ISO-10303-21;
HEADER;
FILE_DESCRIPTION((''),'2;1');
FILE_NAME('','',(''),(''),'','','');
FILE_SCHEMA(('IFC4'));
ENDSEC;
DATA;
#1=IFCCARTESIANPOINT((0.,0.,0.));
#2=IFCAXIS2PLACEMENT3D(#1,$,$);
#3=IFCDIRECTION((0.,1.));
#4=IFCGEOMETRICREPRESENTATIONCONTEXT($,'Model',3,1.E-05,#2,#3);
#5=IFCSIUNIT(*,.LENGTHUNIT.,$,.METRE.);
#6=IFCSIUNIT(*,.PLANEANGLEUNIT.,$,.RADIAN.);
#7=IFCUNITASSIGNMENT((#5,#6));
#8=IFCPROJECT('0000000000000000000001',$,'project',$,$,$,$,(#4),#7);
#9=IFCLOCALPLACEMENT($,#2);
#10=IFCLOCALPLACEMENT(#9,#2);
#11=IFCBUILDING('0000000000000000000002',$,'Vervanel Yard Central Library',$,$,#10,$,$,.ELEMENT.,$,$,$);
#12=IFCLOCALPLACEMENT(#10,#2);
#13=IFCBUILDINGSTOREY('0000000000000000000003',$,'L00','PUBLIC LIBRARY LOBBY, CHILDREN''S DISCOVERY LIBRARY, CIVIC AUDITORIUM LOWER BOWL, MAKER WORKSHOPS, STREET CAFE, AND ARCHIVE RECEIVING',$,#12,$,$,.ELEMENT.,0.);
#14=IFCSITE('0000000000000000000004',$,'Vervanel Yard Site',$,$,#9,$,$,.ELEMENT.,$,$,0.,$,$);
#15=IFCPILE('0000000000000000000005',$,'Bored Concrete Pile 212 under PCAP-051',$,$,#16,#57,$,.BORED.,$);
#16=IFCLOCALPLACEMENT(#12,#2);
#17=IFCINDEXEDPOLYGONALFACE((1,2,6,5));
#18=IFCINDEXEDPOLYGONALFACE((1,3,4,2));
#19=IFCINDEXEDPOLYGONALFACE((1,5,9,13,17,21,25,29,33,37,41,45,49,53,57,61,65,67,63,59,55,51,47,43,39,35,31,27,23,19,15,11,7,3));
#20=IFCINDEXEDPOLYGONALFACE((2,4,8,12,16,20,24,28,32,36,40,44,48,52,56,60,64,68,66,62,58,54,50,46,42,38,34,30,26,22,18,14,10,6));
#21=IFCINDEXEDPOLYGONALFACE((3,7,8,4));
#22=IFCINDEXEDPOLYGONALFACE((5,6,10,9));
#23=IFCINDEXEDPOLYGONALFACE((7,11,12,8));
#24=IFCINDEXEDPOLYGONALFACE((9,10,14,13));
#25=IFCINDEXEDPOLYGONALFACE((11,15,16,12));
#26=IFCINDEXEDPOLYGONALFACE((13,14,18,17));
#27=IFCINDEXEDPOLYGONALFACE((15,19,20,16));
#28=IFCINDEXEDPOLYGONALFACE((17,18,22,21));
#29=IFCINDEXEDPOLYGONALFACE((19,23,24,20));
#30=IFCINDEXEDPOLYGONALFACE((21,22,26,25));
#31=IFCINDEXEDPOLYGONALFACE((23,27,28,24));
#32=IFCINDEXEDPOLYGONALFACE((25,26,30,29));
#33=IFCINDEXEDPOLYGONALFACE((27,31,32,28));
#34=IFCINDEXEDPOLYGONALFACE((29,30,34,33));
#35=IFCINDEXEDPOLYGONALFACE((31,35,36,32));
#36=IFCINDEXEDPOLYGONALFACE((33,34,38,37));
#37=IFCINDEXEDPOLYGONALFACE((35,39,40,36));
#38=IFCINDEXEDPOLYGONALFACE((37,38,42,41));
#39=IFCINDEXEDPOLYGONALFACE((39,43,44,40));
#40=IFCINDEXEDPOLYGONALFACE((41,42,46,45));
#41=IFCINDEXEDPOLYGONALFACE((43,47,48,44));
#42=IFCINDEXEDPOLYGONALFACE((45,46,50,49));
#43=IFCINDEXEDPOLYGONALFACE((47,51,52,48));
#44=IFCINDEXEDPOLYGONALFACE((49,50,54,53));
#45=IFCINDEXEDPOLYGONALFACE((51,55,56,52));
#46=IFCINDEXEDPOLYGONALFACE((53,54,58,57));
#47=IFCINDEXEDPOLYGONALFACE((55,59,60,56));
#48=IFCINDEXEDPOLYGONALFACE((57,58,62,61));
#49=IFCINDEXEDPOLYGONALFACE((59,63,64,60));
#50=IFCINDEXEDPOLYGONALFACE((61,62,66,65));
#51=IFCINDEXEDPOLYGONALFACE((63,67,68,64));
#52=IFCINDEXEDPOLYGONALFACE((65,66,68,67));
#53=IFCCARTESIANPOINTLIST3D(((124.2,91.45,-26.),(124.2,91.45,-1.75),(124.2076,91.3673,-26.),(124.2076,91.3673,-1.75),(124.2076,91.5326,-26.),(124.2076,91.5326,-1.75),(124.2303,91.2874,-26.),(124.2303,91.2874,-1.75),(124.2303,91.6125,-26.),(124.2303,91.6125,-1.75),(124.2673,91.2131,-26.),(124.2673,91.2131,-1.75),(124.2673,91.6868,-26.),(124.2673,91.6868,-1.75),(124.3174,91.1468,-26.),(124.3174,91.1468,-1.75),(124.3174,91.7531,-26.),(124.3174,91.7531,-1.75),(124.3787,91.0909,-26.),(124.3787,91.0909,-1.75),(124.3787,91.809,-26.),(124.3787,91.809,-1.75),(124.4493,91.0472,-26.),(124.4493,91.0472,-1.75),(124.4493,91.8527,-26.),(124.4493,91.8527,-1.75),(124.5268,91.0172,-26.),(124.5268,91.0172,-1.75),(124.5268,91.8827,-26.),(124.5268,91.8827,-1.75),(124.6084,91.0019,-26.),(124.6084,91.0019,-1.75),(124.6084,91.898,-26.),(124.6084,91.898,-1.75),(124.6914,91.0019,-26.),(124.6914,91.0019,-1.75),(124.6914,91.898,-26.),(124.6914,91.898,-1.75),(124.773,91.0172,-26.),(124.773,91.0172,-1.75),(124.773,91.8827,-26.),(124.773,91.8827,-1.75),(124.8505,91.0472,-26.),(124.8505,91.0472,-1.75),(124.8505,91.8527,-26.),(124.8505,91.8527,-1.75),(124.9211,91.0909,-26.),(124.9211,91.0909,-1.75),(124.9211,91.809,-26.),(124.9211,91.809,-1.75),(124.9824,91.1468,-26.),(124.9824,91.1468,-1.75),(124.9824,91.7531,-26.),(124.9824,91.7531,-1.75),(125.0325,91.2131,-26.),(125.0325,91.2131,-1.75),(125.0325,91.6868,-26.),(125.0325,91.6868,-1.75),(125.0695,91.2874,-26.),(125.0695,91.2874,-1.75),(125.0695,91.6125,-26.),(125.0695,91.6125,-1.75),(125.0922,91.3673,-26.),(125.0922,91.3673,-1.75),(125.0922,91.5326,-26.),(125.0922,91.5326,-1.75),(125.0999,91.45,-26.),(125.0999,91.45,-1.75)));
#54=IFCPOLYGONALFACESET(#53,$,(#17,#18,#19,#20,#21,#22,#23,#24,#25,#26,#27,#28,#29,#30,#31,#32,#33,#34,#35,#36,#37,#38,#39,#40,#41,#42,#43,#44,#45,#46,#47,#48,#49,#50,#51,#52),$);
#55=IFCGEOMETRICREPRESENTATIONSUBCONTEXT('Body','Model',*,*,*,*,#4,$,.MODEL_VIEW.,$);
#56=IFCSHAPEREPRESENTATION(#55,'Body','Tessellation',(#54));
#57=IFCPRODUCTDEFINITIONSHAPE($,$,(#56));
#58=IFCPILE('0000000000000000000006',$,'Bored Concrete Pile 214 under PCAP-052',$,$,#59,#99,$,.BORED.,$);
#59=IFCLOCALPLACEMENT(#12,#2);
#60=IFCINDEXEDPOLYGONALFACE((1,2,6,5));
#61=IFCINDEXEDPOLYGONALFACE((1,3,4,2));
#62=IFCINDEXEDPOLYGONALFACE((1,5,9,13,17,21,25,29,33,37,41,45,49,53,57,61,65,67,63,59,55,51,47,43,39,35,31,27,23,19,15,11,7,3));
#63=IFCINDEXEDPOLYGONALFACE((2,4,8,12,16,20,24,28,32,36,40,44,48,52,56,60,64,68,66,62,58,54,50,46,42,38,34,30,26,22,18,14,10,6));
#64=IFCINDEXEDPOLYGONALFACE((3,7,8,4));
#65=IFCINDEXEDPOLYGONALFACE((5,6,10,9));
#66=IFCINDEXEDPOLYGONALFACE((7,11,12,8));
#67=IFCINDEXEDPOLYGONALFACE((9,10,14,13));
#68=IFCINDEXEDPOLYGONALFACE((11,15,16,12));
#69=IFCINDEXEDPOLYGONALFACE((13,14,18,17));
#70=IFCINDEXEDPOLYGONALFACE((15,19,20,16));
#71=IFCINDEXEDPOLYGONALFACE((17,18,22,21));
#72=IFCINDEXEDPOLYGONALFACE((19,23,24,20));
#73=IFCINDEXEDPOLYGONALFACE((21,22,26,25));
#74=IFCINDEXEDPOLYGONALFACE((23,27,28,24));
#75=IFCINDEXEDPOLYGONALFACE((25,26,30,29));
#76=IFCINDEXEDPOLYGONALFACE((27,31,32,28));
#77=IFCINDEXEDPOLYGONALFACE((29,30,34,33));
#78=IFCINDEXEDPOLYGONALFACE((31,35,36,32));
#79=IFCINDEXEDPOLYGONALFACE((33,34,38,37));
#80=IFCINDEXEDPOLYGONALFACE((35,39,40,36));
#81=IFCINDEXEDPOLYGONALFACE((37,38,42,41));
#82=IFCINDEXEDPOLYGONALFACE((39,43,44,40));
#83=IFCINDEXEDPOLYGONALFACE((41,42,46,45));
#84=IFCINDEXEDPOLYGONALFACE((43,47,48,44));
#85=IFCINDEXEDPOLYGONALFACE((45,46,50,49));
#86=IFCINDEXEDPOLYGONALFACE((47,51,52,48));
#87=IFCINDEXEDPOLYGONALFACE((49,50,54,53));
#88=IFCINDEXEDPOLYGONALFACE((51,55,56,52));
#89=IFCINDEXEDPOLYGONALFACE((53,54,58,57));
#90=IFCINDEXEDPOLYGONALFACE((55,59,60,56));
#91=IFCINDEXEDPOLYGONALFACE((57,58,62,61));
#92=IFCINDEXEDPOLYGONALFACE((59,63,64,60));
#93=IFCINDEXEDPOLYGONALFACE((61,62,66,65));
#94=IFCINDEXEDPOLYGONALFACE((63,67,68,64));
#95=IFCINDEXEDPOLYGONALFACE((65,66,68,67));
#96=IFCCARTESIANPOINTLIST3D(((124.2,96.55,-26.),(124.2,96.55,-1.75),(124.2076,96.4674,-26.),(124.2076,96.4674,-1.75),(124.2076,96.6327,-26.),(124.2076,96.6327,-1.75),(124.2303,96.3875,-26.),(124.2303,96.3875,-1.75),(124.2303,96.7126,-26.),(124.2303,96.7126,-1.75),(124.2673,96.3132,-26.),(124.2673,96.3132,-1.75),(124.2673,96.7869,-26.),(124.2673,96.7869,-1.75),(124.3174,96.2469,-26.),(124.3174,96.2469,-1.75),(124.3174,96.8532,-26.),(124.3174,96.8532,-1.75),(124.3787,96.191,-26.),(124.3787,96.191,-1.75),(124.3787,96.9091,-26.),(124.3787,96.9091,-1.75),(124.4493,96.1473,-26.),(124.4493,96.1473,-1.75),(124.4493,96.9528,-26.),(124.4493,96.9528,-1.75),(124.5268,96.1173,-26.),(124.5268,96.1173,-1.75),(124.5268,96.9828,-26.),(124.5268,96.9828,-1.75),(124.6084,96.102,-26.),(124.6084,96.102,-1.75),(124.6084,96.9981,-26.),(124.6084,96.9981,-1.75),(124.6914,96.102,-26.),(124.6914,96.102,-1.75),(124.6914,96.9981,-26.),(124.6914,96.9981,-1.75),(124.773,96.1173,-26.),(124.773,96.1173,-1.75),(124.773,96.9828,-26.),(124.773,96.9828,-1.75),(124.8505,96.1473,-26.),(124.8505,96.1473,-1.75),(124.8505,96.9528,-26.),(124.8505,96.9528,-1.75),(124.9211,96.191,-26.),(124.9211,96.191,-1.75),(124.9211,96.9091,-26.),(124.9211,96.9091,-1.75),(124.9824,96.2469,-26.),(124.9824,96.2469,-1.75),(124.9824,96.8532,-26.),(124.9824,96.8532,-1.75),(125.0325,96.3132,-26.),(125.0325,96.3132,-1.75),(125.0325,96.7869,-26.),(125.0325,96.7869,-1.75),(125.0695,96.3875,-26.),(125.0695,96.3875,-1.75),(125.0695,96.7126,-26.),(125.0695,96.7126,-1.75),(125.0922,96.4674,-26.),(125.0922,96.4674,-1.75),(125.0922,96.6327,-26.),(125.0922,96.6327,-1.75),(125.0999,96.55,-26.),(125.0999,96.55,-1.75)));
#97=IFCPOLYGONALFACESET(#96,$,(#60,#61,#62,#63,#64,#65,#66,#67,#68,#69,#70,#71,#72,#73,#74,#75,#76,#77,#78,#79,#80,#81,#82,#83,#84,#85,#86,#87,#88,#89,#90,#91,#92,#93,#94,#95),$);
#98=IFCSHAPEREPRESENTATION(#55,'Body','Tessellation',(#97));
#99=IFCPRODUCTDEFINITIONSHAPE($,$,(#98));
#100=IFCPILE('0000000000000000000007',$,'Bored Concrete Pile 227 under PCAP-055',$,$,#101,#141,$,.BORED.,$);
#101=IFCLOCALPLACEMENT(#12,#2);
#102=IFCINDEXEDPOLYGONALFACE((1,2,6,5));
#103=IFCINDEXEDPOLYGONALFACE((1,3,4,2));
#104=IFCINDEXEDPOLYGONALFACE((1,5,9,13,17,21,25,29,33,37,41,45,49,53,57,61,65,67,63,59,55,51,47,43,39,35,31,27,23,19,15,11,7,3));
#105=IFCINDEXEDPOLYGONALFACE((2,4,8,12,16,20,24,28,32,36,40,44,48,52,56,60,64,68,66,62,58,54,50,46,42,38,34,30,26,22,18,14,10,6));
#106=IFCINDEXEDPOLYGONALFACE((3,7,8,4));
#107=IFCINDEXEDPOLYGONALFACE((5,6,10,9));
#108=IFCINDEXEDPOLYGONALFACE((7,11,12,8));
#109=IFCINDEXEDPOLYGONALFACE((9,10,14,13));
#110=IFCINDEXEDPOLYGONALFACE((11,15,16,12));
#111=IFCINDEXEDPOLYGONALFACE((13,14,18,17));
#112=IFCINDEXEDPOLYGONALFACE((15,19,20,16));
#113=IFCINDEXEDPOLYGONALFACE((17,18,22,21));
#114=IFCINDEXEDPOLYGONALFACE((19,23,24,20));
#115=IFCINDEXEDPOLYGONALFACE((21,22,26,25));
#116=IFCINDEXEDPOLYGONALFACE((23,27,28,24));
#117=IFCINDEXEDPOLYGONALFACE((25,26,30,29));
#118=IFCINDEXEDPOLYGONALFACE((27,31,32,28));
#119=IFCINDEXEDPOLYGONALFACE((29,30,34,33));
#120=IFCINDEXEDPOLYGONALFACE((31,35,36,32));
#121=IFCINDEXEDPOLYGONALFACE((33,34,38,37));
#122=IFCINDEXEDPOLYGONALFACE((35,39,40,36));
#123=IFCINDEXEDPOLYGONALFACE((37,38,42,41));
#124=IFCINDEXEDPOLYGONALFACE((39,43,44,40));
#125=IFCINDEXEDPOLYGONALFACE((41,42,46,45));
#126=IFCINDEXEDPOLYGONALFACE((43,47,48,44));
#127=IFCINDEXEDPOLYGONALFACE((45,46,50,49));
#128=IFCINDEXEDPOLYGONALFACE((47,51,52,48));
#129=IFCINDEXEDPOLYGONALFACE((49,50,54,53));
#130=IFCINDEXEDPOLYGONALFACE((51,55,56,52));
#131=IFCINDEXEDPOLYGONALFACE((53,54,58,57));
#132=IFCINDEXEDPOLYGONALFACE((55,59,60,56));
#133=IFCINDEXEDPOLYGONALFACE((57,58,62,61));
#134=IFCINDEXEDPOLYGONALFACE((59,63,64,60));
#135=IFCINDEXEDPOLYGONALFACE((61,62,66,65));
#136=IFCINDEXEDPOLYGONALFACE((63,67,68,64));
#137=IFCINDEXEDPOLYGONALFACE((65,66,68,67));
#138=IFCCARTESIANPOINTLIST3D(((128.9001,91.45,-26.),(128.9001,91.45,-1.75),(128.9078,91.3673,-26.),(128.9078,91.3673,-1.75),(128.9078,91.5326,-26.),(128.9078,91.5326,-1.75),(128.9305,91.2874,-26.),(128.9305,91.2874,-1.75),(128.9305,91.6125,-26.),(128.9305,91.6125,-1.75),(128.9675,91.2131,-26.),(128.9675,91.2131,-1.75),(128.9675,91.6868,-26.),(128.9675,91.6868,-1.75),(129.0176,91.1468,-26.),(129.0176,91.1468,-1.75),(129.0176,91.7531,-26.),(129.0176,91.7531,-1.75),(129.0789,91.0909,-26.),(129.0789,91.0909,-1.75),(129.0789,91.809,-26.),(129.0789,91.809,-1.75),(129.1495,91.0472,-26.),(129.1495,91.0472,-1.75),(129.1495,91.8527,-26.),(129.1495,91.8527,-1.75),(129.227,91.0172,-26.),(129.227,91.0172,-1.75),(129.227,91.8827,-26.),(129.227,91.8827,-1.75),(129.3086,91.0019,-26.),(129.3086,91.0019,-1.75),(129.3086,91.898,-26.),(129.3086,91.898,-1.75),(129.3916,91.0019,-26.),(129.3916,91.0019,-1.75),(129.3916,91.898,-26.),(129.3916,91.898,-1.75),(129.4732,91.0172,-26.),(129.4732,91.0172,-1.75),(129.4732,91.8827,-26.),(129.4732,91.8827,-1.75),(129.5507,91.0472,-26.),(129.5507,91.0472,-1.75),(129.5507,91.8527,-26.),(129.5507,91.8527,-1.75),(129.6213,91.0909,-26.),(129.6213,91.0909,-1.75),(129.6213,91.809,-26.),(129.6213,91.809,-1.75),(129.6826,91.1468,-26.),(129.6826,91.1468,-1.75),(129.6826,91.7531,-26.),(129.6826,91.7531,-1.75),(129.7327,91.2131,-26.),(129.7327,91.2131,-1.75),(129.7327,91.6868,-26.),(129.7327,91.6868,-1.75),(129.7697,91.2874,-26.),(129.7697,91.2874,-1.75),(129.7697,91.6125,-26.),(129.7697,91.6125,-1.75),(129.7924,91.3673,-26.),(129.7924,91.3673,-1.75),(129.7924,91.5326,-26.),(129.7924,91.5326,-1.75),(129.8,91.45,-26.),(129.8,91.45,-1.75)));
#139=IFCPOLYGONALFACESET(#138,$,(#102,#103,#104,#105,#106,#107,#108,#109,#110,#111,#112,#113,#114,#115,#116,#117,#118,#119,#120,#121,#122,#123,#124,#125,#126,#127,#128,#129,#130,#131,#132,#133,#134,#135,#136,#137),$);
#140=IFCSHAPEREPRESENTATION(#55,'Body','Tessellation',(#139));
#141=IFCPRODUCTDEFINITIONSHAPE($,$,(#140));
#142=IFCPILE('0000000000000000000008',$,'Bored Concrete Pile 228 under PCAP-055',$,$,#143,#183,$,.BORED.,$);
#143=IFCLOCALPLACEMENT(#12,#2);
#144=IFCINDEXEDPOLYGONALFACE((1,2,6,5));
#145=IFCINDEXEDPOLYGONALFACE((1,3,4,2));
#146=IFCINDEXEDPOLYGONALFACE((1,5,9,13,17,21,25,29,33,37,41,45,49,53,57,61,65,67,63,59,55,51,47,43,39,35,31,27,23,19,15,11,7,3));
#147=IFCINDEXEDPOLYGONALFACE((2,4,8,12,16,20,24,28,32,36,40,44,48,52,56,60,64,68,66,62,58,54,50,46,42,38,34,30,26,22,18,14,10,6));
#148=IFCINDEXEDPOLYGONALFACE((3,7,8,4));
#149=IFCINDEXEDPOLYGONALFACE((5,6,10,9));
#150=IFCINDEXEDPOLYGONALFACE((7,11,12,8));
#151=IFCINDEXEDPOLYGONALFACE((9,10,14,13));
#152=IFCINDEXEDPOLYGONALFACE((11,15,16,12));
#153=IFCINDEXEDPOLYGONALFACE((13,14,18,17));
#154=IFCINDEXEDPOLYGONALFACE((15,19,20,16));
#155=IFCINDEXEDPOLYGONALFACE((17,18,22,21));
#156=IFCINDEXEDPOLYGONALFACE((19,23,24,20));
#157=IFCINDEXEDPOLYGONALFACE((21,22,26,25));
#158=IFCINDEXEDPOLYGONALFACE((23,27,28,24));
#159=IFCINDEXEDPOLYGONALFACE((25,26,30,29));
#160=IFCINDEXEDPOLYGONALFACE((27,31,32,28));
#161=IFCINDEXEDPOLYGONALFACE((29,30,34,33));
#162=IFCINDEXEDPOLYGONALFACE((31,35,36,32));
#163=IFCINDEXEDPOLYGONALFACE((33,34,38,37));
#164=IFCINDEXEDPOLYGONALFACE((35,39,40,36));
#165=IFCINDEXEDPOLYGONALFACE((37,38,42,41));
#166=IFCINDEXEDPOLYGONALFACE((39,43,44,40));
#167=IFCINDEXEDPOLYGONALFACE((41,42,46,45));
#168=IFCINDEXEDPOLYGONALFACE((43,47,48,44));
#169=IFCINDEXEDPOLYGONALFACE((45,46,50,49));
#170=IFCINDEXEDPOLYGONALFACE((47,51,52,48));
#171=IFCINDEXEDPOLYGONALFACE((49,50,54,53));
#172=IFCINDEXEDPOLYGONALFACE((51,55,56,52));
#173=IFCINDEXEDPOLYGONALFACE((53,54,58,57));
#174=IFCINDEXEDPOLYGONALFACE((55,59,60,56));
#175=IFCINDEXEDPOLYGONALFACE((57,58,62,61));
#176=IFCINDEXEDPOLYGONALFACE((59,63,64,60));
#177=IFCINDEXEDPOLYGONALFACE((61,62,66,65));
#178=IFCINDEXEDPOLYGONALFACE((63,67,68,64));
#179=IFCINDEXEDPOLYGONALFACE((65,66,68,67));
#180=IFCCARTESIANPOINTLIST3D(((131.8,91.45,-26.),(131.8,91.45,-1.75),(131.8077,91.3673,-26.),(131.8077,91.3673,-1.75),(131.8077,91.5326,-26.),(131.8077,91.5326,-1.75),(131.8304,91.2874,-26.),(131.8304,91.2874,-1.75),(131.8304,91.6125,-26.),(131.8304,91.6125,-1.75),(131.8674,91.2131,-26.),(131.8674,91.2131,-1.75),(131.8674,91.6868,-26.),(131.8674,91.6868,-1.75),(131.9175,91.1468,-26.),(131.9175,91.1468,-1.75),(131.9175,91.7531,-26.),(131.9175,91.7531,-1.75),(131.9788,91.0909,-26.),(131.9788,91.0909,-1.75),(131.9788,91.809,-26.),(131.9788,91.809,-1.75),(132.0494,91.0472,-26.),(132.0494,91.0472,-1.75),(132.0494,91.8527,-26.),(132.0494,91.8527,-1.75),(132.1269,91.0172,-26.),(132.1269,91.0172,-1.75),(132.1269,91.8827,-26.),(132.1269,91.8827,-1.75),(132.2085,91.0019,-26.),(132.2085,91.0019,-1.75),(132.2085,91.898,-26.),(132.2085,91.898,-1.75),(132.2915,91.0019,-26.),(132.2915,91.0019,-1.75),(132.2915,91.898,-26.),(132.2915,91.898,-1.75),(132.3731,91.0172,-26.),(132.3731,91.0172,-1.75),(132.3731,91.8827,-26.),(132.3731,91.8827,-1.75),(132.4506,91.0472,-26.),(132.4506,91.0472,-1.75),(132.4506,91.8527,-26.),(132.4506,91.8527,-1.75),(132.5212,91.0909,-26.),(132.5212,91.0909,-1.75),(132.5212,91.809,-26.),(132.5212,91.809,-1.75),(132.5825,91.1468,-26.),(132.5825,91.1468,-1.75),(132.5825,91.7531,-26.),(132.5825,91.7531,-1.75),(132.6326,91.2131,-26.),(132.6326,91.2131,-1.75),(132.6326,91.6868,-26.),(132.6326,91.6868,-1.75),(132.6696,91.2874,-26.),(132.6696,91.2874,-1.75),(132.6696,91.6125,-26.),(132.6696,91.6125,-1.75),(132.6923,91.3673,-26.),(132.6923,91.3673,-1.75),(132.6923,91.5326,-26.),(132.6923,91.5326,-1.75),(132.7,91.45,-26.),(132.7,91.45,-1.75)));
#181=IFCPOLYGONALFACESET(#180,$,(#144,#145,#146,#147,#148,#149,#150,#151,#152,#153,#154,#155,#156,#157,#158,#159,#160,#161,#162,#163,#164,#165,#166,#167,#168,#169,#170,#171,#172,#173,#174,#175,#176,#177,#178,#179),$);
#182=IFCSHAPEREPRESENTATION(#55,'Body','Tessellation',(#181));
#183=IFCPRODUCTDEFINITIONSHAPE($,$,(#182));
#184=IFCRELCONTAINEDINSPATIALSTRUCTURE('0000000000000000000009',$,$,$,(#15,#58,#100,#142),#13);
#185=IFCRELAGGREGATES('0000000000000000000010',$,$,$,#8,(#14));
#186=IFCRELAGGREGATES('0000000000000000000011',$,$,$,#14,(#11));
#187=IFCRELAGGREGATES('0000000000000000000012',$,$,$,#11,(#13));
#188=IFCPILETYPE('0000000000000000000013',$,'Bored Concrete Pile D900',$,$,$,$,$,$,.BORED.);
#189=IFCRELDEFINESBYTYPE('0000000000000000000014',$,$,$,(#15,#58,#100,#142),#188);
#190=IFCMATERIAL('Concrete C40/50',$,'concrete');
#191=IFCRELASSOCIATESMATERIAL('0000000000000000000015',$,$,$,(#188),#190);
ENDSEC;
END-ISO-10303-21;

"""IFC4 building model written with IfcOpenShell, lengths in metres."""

from ifc_helpers import new_model, si_unit, direction, frame, origin, origin_2d, place, context, subcontext, project, spatial, circle, extrude, material, material_profile, profile_set, type_object, element, save


model = new_model("IFC4")

# Units and contexts
model_context = context("Model", 3, precision=1e-05, world=origin(), true_north=direction((0.0, 1.0)))
body_context = subcontext(model_context, "Body", "Model", "MODEL_VIEW")
ifc_project = project(units=[si_unit("LENGTHUNIT", "METRE"), si_unit("PLANEANGLEUNIT", "RADIAN")], contexts=[model_context])

# Site, building, storey
site_placement = place(None, origin())
site = spatial("IfcSite", under=ifc_project, at=site_placement, Name="Vervanel Yard Site", CompositionType="ELEMENT", RefElevation=0.0)
building_placement = place(site_placement, origin())
building = spatial("IfcBuilding", under=site, at=building_placement, Name="Vervanel Yard Central Library", CompositionType="ELEMENT")
storey_placement = place(building_placement, origin())
storey = spatial("IfcBuildingStorey", under=building, at=storey_placement, Name="L00", Description="PUBLIC LIBRARY LOBBY, CHILDREN'S DISCOVERY LIBRARY, CIVIC AUDITORIUM LOWER BOWL, MAKER WORKSHOPS, STREET CAFE, AND ARCHIVE RECEIVING", CompositionType="ELEMENT", Elevation=0.0)

# Piles
ifc_material_1 = material(Name="Concrete C40/50", Category="concrete")
ifc_material_profile_1 = material_profile(ifc_material_1, circle(Radius=0.45, at=origin_2d()), Name="BP D900", Category="concrete")
ifc_profile_set_1 = profile_set([ifc_material_profile_1], Name="Concrete C40/50")
pile_type = type_object("IfcPileType", Name="Bored Concrete Pile D900", PredefinedType="BORED", material=ifc_profile_set_1)
for number, where, z_axis, x_axis, name in (
    (1, (124.6499, 91.45, -1.75), (0.0, 0.0, -1.0), (1.0, 0.0, 0.0), "Bored Concrete Pile 212 under PCAP-051"),
    (2, (124.6499, 96.55, -1.75), (0.0, 0.0, -1.0), (1.0, 0.0, 0.0), "Bored Concrete Pile 214 under PCAP-052"),
    (3, (129.3501, 91.45, -1.75), (0.0, 0.0, -1.0), (1.0, 0.0, 0.0), "Bored Concrete Pile 227 under PCAP-055"),
    (4, (132.25, 91.45, -1.75), (0.0, 0.0, -1.0), (1.0, 0.0, 0.0), "Bored Concrete Pile 228 under PCAP-055"),
):
    element("IfcPile", number, at=place(storey_placement, frame(where, z_axis=z_axis, x_axis=x_axis)), inside=storey, type_object=pile_type, Name=name, PredefinedType="BORED", context=body_context, shape_type="SweptSolid", body=[
        extrude(circle(Radius=0.45, at=origin_2d()), origin(), (0.0, 0.0, 1.0), 24.25),
    ])

save(model, "model.ifc")
